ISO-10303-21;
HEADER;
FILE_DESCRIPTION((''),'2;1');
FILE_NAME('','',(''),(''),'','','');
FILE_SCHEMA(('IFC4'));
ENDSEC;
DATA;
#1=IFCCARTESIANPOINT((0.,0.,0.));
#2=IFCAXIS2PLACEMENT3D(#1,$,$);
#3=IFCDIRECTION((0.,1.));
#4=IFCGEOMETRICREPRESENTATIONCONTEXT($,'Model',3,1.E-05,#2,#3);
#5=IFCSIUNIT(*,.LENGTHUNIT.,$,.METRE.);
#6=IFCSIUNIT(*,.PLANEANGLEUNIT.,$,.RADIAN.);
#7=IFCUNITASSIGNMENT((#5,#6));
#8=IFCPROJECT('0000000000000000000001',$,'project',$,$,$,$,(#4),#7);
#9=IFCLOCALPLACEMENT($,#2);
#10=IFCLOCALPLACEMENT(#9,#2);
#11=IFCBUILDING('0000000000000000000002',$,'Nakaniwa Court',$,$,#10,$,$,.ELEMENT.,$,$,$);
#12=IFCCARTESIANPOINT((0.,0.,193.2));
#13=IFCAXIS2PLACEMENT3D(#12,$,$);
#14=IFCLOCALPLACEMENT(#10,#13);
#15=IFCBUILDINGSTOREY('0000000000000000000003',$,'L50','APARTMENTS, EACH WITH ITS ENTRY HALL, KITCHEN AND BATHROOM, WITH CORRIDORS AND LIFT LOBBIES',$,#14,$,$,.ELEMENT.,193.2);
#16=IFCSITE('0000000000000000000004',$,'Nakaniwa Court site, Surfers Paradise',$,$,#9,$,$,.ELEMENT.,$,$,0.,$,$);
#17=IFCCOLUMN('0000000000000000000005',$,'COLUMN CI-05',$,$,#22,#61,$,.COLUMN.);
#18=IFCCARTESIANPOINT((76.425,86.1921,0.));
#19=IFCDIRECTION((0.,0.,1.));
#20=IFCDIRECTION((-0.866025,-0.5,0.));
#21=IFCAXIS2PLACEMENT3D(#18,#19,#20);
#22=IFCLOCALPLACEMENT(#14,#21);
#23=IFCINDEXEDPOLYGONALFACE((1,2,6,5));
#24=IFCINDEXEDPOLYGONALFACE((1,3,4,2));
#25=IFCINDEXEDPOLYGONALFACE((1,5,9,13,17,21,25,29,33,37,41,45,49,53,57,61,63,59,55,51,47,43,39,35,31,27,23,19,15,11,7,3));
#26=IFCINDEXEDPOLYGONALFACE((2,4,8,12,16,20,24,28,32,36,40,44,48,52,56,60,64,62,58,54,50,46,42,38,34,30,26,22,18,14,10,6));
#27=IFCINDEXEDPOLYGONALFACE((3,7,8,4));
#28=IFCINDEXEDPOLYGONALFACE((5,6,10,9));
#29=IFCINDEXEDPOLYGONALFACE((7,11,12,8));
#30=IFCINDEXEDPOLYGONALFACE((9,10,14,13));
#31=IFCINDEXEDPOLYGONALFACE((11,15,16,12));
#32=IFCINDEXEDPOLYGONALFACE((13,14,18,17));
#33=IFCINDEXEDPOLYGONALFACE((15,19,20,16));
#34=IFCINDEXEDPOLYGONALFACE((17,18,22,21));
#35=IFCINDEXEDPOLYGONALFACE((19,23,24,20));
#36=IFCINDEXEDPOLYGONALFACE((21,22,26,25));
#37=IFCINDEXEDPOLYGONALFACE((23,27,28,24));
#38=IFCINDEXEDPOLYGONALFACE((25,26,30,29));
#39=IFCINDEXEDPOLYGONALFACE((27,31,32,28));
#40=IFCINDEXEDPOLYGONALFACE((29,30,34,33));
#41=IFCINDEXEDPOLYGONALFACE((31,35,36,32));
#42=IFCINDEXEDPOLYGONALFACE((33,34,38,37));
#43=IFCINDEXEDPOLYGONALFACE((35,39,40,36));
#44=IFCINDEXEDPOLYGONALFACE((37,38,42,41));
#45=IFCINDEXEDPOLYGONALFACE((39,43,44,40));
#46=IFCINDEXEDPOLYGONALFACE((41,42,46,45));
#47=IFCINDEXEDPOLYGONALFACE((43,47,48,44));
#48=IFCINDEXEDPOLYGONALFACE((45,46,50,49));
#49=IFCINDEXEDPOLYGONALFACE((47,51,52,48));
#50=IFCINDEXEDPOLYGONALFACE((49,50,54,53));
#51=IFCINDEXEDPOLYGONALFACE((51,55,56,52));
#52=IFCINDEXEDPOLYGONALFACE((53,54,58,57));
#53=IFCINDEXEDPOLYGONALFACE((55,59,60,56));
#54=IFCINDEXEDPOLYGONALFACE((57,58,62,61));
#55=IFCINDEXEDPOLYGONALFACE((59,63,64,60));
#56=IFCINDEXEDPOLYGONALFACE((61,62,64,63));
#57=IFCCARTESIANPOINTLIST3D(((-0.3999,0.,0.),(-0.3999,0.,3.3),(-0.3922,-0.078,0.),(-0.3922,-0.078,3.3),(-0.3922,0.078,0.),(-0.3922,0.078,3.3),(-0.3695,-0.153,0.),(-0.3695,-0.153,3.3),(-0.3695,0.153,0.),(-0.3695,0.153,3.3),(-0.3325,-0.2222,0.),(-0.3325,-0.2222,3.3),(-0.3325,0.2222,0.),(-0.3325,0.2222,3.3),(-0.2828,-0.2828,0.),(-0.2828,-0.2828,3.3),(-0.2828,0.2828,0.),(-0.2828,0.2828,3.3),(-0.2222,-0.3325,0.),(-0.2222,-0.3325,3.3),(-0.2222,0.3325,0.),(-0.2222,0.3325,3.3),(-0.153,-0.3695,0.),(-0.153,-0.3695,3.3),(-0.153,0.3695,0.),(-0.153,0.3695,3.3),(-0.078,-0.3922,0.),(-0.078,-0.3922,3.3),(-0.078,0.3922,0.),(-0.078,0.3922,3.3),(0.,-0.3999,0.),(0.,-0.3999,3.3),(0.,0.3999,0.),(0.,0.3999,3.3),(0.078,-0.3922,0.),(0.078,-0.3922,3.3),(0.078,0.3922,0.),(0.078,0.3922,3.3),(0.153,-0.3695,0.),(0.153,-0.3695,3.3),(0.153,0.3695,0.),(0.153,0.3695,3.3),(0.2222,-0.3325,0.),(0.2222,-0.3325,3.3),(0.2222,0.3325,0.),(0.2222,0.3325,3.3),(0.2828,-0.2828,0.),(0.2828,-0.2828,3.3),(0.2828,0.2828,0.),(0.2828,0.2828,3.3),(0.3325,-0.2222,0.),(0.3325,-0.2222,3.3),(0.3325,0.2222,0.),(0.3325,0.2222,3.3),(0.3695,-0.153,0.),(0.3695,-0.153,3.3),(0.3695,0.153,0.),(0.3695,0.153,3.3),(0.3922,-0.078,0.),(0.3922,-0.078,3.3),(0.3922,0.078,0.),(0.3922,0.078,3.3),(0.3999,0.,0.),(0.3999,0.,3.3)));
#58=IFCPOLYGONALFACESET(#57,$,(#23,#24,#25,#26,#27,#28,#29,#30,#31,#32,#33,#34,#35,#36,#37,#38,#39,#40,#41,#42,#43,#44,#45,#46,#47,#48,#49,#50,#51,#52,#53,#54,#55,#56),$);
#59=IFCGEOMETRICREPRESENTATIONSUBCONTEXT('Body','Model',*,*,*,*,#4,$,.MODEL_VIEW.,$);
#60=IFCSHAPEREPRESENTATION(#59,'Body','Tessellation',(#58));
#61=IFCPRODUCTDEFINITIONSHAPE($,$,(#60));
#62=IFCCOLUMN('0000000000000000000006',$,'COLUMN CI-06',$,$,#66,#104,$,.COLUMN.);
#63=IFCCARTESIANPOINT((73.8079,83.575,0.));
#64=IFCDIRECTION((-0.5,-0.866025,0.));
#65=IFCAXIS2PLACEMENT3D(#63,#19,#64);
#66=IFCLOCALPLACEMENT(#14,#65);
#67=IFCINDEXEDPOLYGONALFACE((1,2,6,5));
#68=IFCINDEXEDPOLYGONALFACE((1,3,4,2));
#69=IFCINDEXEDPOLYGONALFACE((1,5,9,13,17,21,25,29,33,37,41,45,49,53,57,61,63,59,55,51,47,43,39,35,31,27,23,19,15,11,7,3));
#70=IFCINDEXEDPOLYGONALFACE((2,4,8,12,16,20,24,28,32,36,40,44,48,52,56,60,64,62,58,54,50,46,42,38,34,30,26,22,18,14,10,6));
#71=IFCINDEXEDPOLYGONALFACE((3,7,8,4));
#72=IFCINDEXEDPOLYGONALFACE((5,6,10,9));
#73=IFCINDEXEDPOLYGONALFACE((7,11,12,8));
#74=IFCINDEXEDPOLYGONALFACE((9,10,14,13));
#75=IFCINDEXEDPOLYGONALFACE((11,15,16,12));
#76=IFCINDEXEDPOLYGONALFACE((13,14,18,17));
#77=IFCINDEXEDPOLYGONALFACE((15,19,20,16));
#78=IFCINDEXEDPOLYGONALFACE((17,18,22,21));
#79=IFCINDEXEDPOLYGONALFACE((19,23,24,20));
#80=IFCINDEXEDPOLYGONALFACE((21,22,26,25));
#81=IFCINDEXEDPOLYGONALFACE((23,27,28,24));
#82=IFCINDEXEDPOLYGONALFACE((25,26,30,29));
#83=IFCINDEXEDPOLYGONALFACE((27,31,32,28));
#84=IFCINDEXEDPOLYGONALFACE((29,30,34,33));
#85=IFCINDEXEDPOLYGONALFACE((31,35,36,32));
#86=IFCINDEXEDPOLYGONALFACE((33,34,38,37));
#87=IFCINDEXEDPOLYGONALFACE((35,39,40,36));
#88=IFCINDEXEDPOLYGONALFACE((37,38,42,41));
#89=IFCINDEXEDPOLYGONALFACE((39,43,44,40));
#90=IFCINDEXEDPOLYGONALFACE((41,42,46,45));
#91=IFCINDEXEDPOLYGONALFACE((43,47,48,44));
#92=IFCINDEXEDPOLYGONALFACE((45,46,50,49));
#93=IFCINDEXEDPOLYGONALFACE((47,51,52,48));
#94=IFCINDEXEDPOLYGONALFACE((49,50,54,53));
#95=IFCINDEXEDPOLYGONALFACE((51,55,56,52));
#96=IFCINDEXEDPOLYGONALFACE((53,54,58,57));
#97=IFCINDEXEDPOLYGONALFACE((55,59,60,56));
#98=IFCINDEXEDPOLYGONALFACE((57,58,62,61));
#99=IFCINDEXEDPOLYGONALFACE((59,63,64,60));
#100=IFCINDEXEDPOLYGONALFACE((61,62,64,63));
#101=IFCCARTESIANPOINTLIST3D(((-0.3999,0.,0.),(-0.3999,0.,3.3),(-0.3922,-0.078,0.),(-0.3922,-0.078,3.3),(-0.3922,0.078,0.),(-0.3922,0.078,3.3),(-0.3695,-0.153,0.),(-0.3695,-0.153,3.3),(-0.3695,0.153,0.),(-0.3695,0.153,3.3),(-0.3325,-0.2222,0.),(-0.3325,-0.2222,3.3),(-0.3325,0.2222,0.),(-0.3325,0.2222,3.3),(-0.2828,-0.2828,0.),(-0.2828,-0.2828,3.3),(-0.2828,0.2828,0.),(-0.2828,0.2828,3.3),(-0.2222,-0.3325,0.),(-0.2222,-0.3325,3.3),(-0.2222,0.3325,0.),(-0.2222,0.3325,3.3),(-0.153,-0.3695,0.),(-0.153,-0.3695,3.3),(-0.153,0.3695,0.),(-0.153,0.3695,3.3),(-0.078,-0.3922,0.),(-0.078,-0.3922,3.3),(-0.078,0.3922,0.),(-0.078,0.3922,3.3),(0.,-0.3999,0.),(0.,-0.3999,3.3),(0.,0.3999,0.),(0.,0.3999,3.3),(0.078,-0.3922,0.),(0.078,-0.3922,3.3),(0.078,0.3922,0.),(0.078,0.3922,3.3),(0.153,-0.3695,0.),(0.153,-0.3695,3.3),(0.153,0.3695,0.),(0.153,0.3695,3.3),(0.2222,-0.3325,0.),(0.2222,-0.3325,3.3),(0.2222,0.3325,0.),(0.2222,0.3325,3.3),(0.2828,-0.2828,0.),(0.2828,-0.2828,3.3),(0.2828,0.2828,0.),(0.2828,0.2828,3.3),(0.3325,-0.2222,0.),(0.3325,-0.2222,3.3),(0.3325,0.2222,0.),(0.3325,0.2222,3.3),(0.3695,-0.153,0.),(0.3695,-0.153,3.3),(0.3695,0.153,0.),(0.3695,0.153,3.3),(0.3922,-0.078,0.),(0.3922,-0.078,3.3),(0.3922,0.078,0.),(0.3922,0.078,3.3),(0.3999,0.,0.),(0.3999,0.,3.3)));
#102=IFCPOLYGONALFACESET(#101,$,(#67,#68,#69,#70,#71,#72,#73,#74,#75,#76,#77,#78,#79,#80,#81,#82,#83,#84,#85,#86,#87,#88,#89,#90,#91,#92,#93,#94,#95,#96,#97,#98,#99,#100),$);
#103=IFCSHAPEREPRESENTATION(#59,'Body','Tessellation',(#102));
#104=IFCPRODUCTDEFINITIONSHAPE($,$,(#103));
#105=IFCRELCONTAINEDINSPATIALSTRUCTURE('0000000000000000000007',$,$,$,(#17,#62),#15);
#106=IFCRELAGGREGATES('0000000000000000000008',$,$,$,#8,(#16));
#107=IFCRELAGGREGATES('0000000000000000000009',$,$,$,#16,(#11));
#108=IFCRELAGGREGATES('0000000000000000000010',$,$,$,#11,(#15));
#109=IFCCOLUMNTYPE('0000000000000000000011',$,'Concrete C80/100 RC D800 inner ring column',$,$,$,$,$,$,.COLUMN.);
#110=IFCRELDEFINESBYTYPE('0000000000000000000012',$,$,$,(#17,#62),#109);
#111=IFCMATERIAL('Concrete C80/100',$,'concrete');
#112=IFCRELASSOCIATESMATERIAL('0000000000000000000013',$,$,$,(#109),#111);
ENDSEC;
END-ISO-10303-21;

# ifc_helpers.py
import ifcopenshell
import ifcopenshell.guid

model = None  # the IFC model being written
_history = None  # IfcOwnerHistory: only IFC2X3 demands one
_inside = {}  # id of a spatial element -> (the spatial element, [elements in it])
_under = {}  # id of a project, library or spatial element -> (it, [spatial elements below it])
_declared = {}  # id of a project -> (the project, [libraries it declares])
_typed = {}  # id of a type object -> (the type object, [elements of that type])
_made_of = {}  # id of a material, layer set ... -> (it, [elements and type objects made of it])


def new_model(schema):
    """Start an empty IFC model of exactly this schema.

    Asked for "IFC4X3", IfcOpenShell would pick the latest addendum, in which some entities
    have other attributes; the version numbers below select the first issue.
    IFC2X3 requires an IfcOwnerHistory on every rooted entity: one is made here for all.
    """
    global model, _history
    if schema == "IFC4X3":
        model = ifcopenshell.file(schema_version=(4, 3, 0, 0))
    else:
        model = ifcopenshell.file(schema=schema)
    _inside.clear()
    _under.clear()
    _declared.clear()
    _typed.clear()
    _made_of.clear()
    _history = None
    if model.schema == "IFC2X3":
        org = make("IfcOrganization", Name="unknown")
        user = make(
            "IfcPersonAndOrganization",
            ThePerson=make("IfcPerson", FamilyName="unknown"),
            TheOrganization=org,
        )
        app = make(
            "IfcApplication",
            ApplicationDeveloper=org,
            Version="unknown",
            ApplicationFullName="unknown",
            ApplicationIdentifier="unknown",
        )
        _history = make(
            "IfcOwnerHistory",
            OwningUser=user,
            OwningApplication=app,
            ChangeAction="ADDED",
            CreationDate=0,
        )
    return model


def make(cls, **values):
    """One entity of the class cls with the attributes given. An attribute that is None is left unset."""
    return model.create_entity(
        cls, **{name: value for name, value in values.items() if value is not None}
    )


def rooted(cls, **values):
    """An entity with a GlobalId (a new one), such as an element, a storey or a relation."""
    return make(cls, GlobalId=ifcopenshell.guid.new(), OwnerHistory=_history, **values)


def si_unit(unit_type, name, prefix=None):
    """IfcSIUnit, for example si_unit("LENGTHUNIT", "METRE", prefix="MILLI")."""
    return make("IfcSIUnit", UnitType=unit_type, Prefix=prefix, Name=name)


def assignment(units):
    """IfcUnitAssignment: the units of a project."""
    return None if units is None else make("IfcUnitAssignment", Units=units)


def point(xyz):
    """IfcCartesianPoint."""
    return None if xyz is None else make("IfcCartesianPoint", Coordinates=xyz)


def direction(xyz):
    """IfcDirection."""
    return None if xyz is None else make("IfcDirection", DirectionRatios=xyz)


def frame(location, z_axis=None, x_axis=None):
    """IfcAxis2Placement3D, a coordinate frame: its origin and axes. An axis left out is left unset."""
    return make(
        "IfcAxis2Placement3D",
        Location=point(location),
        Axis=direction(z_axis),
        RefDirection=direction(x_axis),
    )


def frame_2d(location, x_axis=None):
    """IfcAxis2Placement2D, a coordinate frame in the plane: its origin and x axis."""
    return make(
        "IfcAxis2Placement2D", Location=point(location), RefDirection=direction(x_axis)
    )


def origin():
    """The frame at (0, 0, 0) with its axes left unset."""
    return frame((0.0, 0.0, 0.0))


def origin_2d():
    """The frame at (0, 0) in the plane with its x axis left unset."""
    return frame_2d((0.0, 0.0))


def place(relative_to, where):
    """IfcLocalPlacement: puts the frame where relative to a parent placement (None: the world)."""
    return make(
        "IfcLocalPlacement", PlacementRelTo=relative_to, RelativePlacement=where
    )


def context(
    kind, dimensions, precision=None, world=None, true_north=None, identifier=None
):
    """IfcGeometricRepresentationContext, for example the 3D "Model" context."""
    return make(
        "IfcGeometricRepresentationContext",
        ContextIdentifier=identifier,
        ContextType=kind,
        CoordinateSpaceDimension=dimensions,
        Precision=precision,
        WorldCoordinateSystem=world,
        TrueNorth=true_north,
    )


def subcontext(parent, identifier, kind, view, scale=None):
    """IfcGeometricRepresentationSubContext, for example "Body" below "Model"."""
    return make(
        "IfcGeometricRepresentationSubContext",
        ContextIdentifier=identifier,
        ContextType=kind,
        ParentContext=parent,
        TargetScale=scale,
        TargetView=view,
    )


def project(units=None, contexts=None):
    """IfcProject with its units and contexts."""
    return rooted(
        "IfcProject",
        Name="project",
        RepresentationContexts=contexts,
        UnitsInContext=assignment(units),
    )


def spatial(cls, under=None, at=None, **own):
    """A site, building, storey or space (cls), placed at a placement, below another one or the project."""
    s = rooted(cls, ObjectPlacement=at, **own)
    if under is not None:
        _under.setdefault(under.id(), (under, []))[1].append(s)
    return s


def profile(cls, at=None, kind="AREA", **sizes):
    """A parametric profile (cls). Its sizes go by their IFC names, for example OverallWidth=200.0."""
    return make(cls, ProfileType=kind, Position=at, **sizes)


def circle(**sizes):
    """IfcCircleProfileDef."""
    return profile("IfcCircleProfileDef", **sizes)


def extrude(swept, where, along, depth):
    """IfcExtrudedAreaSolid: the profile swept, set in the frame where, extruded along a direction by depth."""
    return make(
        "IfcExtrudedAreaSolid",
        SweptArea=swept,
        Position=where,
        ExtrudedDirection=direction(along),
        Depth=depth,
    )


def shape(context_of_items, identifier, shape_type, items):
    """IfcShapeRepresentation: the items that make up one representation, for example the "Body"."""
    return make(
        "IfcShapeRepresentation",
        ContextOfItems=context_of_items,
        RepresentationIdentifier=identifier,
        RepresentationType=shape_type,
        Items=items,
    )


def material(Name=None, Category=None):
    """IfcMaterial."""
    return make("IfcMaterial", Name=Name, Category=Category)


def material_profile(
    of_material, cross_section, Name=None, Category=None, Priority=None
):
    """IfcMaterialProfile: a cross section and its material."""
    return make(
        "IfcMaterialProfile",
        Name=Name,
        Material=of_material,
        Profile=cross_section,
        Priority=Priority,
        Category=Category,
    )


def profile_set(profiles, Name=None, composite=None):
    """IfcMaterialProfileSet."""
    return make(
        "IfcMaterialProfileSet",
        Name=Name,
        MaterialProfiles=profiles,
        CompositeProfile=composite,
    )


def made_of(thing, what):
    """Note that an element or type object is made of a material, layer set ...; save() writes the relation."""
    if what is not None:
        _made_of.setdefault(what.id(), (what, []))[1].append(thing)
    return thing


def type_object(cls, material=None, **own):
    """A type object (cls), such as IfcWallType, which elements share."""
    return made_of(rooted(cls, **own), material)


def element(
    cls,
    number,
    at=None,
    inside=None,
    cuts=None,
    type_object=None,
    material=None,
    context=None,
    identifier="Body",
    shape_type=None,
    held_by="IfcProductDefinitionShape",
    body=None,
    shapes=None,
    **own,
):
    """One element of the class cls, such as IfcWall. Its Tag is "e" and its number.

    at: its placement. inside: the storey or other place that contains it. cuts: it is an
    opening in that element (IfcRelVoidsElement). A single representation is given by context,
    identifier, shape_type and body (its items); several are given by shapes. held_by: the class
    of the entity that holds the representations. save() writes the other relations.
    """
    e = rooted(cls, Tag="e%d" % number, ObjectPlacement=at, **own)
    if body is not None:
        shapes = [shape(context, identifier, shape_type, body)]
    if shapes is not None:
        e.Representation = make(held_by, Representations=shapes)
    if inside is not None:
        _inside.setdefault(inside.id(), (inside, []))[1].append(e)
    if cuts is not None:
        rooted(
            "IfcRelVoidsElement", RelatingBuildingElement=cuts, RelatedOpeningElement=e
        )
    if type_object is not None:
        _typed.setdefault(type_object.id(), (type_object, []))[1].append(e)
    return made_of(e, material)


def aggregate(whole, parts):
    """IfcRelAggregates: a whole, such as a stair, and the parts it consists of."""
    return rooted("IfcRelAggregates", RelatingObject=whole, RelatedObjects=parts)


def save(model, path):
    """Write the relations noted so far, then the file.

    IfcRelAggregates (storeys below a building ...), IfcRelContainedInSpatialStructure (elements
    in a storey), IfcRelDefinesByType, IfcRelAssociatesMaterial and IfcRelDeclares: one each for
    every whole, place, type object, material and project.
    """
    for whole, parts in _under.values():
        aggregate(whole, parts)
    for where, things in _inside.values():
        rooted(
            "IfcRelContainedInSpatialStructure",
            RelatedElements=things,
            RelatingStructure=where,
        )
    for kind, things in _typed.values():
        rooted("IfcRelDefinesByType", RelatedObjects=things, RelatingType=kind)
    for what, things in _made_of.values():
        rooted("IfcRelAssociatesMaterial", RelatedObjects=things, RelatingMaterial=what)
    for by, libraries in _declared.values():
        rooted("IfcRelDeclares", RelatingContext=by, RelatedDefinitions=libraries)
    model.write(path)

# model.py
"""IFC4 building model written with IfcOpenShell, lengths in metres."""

from ifc_helpers import new_model, si_unit, direction, frame, origin, origin_2d, place, context, subcontext, project, spatial, circle, extrude, material, material_profile, profile_set, type_object, element, save


model = new_model("IFC4")

# Units and contexts
model_context = context("Model", 3, precision=1e-05, world=origin(), true_north=direction((0.0, 1.0)))
body_context = subcontext(model_context, "Body", "Model", "MODEL_VIEW")
ifc_project = project(units=[si_unit("LENGTHUNIT", "METRE"), si_unit("PLANEANGLEUNIT", "RADIAN")], contexts=[model_context])

# Site, building, storey
site_placement = place(None, origin())
site = spatial("IfcSite", under=ifc_project, at=site_placement, Name="Nakaniwa Court site, Surfers Paradise", CompositionType="ELEMENT", RefElevation=0.0)
building_placement = place(site_placement, origin())
building = spatial("IfcBuilding", under=site, at=building_placement, Name="Nakaniwa Court", CompositionType="ELEMENT")
storey_placement = place(building_placement, frame((0.0, 0.0, 193.2)))
storey = spatial("IfcBuildingStorey", under=building, at=storey_placement, Name="L50", Description="APARTMENTS, EACH WITH ITS ENTRY HALL, KITCHEN AND BATHROOM, WITH CORRIDORS AND LIFT LOBBIES", CompositionType="ELEMENT", Elevation=193.2)

# Columns
ifc_material_1 = material(Name="Concrete C80/100", Category="concrete")
ifc_material_profile_1 = material_profile(ifc_material_1, circle(Radius=0.3999, at=origin_2d()), Name="Concrete C80/100 RC D800 inner ring column")
ifc_profile_set_1 = profile_set([ifc_material_profile_1], Name="Concrete C80/100")
column_type_1 = type_object("IfcColumnType", Name="Concrete C80/100 RC D800 inner ring column", PredefinedType="COLUMN", material=ifc_profile_set_1)
for number, where, z_axis, x_axis, name in (
    (1, (76.425, 86.1921, 0.0), (0.0, 0.0, 1.0), (-0.866025, -0.5, 0.0), "COLUMN CI-05"),
    (2, (73.8079, 83.575, 0.0), (0.0, 0.0, 1.0), (-0.5, -0.866025, 0.0), "COLUMN CI-06"),
):
    element("IfcColumn", number, at=place(storey_placement, frame(where, z_axis=z_axis, x_axis=x_axis)), inside=storey, type_object=column_type_1, Name=name, PredefinedType="COLUMN", context=body_context, shape_type="SweptSolid", body=[
        extrude(circle(Radius=0.3999, at=origin_2d()), origin(), (0.0, 0.0, 1.0), 3.3),
    ])

save(model, "model.ifc")
